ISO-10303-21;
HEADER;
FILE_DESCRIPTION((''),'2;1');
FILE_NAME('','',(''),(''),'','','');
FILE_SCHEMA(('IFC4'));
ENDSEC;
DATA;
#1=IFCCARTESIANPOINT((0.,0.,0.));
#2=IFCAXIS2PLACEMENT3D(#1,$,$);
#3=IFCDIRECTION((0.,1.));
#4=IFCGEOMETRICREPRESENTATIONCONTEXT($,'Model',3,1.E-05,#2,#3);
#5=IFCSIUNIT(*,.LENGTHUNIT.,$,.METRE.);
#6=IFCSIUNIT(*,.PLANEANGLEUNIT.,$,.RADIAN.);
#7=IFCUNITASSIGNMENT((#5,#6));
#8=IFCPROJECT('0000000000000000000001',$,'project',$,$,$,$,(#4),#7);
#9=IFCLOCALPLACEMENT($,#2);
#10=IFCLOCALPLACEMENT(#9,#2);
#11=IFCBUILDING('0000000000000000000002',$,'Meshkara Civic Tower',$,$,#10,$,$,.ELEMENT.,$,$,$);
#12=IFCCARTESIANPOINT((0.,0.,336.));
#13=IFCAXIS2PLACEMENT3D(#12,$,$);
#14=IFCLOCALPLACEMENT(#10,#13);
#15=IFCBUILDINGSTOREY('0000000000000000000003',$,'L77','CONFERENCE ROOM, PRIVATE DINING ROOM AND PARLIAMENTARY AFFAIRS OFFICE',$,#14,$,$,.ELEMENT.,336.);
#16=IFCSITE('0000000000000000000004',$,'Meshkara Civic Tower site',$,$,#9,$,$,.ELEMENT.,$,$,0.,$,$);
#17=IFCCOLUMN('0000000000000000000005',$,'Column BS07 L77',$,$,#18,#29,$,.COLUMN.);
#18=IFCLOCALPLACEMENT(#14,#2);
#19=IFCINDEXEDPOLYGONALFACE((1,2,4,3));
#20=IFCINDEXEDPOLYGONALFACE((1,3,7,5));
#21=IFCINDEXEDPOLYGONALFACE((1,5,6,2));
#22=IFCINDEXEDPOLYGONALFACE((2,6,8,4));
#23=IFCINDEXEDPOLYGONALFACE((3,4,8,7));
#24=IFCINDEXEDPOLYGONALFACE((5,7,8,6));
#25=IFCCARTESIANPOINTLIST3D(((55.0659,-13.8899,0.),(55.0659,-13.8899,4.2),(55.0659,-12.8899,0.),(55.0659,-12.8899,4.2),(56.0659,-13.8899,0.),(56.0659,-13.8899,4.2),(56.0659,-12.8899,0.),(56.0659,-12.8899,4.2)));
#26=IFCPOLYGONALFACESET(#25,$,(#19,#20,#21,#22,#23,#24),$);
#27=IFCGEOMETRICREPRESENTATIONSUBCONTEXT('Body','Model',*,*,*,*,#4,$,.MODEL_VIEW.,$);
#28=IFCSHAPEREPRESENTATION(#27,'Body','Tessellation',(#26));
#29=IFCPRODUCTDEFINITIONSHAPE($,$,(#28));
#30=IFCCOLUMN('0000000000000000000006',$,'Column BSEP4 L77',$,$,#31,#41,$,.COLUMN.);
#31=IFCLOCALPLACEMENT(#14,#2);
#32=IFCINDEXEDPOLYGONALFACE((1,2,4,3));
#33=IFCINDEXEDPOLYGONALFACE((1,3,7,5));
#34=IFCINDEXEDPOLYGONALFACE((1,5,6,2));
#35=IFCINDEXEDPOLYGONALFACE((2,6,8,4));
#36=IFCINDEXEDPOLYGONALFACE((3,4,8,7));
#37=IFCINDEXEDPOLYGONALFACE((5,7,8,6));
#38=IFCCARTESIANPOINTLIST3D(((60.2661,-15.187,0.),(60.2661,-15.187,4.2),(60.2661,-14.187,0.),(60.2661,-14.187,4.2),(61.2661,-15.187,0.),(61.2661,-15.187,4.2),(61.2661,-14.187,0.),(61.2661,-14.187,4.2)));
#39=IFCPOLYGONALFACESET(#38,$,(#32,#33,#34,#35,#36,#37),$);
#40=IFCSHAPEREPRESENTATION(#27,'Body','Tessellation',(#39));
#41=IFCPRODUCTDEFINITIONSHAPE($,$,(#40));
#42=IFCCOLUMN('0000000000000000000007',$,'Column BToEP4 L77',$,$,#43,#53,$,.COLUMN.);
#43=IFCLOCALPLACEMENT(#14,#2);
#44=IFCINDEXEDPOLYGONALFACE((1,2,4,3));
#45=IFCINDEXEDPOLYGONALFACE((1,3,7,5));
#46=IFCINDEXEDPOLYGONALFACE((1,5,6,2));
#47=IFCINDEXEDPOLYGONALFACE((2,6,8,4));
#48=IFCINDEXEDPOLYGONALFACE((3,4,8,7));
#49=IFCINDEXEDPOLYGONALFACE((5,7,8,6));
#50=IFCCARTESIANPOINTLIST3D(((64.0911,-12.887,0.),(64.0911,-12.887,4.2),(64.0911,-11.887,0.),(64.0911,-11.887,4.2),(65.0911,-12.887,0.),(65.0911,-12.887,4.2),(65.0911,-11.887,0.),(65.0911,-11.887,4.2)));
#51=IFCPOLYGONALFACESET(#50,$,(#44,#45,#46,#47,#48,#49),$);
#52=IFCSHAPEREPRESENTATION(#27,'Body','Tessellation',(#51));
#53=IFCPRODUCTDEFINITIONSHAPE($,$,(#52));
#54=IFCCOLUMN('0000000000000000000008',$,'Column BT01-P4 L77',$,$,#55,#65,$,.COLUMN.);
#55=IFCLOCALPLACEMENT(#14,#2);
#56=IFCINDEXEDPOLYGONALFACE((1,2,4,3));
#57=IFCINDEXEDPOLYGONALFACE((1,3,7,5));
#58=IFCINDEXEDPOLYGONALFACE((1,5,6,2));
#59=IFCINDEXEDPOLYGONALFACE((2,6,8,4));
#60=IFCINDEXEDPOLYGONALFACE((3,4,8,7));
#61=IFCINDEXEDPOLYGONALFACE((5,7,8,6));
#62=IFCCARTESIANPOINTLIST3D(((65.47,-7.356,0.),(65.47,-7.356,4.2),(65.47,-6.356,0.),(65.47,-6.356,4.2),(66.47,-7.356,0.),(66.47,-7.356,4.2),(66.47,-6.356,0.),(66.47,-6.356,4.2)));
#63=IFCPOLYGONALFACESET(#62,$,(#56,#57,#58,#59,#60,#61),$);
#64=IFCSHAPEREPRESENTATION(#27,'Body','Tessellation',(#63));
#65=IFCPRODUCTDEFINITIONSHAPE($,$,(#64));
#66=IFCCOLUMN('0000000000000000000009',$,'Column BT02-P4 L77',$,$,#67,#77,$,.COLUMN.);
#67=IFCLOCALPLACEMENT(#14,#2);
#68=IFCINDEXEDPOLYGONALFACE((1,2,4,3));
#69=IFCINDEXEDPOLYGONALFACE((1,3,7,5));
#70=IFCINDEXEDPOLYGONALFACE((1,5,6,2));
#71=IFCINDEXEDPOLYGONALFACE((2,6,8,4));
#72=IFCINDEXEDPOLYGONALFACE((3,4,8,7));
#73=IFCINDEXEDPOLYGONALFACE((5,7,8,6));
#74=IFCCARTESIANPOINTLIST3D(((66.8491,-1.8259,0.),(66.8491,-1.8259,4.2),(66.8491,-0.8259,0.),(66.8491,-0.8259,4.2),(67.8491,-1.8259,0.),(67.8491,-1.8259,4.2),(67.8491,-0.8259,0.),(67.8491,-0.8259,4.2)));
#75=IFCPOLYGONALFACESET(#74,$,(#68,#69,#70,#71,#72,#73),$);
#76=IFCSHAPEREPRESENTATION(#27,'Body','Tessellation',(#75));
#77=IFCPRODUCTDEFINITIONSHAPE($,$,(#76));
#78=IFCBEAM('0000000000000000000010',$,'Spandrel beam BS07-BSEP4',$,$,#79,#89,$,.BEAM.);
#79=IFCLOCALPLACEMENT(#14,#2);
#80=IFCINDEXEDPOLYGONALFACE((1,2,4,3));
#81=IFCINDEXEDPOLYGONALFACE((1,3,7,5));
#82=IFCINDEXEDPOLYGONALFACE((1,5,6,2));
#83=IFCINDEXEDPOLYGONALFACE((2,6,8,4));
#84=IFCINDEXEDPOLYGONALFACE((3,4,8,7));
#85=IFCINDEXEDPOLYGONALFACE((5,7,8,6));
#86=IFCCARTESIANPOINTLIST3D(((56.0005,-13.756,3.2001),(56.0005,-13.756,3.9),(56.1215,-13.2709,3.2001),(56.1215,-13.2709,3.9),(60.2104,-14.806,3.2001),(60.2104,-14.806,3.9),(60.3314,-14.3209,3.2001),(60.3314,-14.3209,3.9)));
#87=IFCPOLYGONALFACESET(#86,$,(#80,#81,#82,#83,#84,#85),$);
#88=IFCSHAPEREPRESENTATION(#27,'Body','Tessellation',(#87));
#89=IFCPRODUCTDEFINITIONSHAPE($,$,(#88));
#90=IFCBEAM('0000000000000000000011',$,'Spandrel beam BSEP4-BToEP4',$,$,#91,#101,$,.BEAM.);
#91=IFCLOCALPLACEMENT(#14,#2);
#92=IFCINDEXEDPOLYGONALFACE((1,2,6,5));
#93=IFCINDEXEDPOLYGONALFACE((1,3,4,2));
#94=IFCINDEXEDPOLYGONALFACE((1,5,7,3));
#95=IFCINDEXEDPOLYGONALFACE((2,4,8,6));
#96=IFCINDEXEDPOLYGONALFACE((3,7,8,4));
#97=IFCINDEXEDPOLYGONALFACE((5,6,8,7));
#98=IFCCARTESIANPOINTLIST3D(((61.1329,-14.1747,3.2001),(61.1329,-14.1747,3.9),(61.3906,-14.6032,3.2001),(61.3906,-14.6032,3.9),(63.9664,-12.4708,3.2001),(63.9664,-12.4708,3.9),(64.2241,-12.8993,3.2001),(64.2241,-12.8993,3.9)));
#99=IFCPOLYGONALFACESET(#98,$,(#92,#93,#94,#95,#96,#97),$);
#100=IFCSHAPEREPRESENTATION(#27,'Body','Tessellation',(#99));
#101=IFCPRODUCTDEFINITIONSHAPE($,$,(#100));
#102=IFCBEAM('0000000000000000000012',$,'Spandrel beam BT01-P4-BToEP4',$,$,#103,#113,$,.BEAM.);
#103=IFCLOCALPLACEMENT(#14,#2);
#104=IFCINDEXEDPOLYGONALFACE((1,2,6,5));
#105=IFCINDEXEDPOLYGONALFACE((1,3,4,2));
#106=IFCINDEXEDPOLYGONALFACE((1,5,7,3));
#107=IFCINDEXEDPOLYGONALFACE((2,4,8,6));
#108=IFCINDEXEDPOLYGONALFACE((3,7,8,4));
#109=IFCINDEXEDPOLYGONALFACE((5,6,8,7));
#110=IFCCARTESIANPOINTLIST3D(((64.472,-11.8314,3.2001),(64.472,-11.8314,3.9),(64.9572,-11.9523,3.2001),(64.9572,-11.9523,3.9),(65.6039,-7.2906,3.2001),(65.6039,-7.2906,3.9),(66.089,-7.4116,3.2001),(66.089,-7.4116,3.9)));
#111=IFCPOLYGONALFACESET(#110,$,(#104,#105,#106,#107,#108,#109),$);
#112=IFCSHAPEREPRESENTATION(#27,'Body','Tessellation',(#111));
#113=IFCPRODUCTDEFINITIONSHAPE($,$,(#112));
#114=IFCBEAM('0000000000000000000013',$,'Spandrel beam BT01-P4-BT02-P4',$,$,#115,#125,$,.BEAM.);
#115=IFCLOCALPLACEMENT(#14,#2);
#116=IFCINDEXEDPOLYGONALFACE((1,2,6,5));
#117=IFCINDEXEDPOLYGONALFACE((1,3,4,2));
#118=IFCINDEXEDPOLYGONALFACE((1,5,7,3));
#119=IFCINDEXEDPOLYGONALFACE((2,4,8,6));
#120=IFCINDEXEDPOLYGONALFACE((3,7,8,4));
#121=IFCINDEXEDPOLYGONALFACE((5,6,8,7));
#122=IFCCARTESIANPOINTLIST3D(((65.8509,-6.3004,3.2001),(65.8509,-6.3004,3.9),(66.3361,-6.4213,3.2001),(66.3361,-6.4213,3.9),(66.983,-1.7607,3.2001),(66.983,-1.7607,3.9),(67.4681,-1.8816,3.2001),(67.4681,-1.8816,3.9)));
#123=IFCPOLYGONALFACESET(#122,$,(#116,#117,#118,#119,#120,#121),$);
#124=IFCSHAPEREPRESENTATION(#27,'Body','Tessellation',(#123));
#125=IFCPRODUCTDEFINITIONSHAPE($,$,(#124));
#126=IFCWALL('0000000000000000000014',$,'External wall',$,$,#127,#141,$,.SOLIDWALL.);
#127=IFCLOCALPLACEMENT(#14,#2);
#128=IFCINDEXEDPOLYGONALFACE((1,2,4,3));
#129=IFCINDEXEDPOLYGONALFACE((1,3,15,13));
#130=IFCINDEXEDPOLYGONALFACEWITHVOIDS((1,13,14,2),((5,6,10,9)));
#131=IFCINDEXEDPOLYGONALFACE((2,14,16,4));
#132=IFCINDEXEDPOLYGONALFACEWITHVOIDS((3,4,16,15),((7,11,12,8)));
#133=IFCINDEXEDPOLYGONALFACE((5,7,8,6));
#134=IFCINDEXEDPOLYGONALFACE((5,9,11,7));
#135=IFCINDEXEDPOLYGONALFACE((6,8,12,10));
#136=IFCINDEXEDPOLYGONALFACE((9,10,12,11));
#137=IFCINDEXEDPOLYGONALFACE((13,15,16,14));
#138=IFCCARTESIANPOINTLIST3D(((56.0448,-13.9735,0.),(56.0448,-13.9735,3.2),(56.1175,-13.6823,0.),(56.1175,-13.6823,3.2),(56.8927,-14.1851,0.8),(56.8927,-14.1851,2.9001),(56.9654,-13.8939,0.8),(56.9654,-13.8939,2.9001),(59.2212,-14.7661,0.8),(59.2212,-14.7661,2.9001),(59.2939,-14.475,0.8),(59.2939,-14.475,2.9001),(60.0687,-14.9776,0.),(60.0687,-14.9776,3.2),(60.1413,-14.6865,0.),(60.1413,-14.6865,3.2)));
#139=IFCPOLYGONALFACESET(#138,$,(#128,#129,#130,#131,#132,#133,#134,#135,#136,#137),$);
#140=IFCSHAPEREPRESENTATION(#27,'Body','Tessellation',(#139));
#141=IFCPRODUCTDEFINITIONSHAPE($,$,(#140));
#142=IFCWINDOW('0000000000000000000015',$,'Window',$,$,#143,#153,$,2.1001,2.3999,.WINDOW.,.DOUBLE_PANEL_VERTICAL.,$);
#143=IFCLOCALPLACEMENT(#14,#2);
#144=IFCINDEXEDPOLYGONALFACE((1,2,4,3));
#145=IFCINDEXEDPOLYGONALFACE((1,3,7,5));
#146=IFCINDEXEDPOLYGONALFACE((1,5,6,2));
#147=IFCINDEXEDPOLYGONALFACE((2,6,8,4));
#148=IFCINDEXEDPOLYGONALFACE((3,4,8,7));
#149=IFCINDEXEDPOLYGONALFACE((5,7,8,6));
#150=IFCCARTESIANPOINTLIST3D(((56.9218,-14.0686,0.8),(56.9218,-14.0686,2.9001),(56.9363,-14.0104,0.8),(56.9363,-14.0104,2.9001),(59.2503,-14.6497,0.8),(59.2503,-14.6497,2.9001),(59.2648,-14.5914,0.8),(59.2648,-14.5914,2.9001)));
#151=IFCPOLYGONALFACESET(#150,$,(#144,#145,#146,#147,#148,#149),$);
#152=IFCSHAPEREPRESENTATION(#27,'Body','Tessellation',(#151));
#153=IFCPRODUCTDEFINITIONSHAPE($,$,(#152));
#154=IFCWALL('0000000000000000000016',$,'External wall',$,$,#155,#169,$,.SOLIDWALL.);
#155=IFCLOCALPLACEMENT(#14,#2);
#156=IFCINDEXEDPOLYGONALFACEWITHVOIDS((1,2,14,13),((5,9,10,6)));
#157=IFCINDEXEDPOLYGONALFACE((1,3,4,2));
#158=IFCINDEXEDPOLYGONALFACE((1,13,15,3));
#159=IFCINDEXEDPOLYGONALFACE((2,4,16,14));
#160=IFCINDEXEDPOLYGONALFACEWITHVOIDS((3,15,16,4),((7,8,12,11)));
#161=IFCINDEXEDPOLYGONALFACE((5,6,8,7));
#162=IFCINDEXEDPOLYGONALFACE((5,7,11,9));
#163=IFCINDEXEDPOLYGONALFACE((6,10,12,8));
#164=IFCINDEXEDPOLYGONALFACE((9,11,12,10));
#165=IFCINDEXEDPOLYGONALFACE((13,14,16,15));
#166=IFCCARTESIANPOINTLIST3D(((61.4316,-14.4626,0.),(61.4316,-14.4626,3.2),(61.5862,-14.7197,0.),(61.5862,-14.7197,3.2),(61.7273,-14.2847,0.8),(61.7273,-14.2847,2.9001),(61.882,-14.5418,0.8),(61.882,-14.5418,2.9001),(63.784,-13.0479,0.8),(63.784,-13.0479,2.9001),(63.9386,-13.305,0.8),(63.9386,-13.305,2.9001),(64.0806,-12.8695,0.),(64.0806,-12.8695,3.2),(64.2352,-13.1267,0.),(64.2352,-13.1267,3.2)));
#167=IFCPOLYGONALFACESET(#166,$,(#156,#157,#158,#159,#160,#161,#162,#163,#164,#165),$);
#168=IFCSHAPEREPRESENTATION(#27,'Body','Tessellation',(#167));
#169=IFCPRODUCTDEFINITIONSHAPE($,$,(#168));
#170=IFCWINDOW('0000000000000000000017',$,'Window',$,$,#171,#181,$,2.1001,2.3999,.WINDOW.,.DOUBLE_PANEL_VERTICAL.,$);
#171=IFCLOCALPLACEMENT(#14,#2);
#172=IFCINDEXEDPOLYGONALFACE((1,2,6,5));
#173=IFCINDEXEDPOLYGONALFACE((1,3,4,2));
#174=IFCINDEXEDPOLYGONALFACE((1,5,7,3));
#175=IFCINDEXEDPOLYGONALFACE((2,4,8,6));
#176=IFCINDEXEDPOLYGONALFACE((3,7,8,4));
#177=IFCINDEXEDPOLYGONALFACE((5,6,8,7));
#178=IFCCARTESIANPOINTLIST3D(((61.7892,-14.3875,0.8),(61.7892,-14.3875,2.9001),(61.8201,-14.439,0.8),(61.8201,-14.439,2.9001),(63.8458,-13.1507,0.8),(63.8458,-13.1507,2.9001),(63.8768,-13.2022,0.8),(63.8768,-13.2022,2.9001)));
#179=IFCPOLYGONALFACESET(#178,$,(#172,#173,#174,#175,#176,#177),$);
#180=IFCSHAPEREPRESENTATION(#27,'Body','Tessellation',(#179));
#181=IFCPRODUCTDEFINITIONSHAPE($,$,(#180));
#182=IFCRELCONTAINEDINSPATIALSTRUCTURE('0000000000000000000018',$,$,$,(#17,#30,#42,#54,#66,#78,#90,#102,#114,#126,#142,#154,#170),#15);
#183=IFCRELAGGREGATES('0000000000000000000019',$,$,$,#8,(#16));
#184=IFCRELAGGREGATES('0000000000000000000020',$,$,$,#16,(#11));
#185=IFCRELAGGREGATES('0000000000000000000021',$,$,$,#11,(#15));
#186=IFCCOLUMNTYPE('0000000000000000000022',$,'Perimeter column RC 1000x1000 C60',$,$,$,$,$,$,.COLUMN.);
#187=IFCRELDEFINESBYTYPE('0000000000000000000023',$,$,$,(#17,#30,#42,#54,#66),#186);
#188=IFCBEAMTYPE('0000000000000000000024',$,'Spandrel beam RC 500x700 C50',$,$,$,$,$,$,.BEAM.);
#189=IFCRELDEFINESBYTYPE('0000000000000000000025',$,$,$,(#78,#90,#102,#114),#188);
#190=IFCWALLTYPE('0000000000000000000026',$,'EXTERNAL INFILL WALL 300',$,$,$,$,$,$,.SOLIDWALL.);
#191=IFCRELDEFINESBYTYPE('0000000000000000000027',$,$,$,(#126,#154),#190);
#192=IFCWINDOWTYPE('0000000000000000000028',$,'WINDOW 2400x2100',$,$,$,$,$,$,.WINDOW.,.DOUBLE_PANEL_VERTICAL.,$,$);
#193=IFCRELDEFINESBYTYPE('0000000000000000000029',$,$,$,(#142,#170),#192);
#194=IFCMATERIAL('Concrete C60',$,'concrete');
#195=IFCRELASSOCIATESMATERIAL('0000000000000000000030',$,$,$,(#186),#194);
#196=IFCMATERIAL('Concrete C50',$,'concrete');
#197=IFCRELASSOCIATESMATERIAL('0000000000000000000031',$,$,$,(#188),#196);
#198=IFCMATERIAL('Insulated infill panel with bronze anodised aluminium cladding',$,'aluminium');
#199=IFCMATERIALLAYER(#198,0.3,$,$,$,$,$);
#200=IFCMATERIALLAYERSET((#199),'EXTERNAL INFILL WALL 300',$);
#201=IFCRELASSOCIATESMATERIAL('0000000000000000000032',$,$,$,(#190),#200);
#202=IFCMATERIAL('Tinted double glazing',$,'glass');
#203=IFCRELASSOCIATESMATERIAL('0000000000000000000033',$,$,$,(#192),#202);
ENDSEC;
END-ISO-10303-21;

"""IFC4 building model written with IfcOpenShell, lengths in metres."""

from ifc_helpers import new_model, si_unit, direction, frame, frame_2d, origin, origin_2d, place, context, subcontext, project, spatial, rectangle, extrude, material, layer, layer_set, material_profile, profile_set, type_object, element, fill, save


model = new_model("IFC4")

# Units and contexts
model_context = context("Model", 3, precision=1e-05, world=origin(), true_north=direction((0.0, 1.0)))
body_context = subcontext(model_context, "Body", "Model", "MODEL_VIEW")
ifc_project = project(units=[si_unit("LENGTHUNIT", "METRE"), si_unit("PLANEANGLEUNIT", "RADIAN")], contexts=[model_context])

# Site, building, storey
site_placement = place(None, origin())
site = spatial("IfcSite", under=ifc_project, at=site_placement, Name="Meshkara Civic Tower site", CompositionType="ELEMENT", RefElevation=0.0)
building_placement = place(site_placement, origin())
building = spatial("IfcBuilding", under=site, at=building_placement, Name="Meshkara Civic Tower", CompositionType="ELEMENT")
storey_placement = place(building_placement, frame((0.0, 0.0, 336.0)))
storey = spatial("IfcBuildingStorey", under=building, at=storey_placement, Name="L77", Description="CONFERENCE ROOM, PRIVATE DINING ROOM AND PARLIAMENTARY AFFAIRS OFFICE", CompositionType="ELEMENT", Elevation=336.0)

# Columns
ifc_material_1 = material(Name="Concrete C60", Category="concrete")
ifc_material_profile_1 = material_profile(ifc_material_1, rectangle(XDim=1.0, YDim=1.0, at=origin_2d()))
ifc_profile_set_1 = profile_set([ifc_material_profile_1], Name="Concrete C60")
column_type = type_object("IfcColumnType", Name="Perimeter column RC 1000x1000 C60", PredefinedType="COLUMN", material=ifc_profile_set_1)
for number, where, z_axis, x_axis, name in (
    (1, (55.5659, -13.3899, 0.0), (0.0, 0.0, 1.0), (1.0, 0.0, 0.0), "Column BS07 L77"),
    (2, (60.7661, -14.687, 0.0), (0.0, 0.0, 1.0), (1.0, 0.0, 0.0), "Column BSEP4 L77"),
    (3, (64.5911, -12.387, 0.0), (0.0, 0.0, 1.0), (1.0, 0.0, 0.0), "Column BToEP4 L77"),
    (4, (65.97, -6.856, 0.0), (0.0, 0.0, 1.0), (1.0, 0.0, 0.0), "Column BT01-P4 L77"),
    (5, (67.3491, -1.3259, 0.0), (0.0, 0.0, 1.0), (1.0, 0.0, 0.0), "Column BT02-P4 L77"),
):
    element("IfcColumn", number, at=place(storey_placement, frame(where, z_axis=z_axis, x_axis=x_axis)), inside=storey, type_object=column_type, Name=name, PredefinedType="COLUMN", context=body_context, shape_type="SweptSolid", body=[
        extrude(rectangle(XDim=1.0, YDim=1.0, at=origin_2d()), origin(), (0.0, 0.0, 1.0), 4.2),
    ])

# Beams
ifc_material_2 = material(Name="Concrete C50", Category="concrete")
ifc_material_profile_2 = material_profile(ifc_material_2, rectangle(XDim=0.5, YDim=0.7, at=origin_2d()))
ifc_profile_set_2 = profile_set([ifc_material_profile_2], Name="Concrete C50")
beam_type = type_object("IfcBeamType", Name="Spandrel beam RC 500x700 C50", PredefinedType="BEAM", material=ifc_profile_set_2)
beam_1_placement = place(storey_placement, frame((56.061, -13.5134, 3.55), z_axis=(0.970275, -0.242006, 0.0), x_axis=(0.242006, 0.970275, 0.0)))
element("IfcBeam", 6, at=beam_1_placement, inside=storey, type_object=beam_type, Name="Spandrel beam BS07-BSEP4", PredefinedType="BEAM", context=body_context, shape_type="SweptSolid", body=[
    extrude(rectangle(XDim=0.5, YDim=0.7, at=origin_2d()), origin(), (0.0, 0.0, 1.0), 4.3389),
])
beam_2_placement = place(storey_placement, frame((61.2617, -14.3889, 3.55), z_axis=(0.856991, 0.515332, 0.0), x_axis=(-0.515332, 0.856991, 0.0)))
element("IfcBeam", 7, at=beam_2_placement, inside=storey, type_object=beam_type, Name="Spandrel beam BSEP4-BToEP4", PredefinedType="BEAM", context=body_context, shape_type="SweptSolid", body=[
    extrude(rectangle(XDim=0.5, YDim=0.7, at=origin_2d()), origin(), (0.0, 0.0, 1.0), 3.3064),
])
beam_3_placement = place(storey_placement, frame((64.7146, -11.8918, 3.55), z_axis=(0.24186, 0.970311, 0.0), x_axis=(-0.970311, 0.24186, 0.0)))
element("IfcBeam", 8, at=beam_3_placement, inside=storey, type_object=beam_type, Name="Spandrel beam BT01-P4-BToEP4", PredefinedType="BEAM", context=body_context, shape_type="SweptSolid", body=[
    extrude(rectangle(XDim=0.5, YDim=0.7, at=origin_2d()), origin(), (0.0, 0.0, 1.0), 4.6797),
])
beam_4_placement = place(storey_placement, frame((66.0935, -6.3608, 3.55), z_axis=(0.241959, 0.970287, 0.0), x_axis=(-0.970287, 0.241959, 0.0)))
element("IfcBeam", 9, at=beam_4_placement, inside=storey, type_object=beam_type, Name="Spandrel beam BT01-P4-BT02-P4", PredefinedType="BEAM", context=body_context, shape_type="SweptSolid", body=[
    extrude(rectangle(XDim=0.5, YDim=0.7, at=origin_2d()), origin(), (0.0, 0.0, 1.0), 4.6787),
])

# Walls, openings, windows
ifc_material_3 = material(Name="Insulated infill panel with bronze anodised aluminium cladding", Category="aluminium")
ifc_layer_1 = layer(ifc_material_3, 0.3)
ifc_layer_set_1 = layer_set([ifc_layer_1], Name="EXTERNAL INFILL WALL 300")
wall_type_1 = type_object("IfcWallType", Name="EXTERNAL INFILL WALL 300", PredefinedType="SOLIDWALL", material=ifc_layer_set_1)
wall_1_placement = place(storey_placement, frame((56.0811, -13.8279, 0.0), z_axis=(0.0, 0.0, 1.0), x_axis=(0.970246, -0.24212, 0.0)))
wall_1 = element("IfcWall", 10, at=wall_1_placement, inside=storey, type_object=wall_type_1, Name="External wall", PredefinedType="SOLIDWALL", context=body_context, shape_type="SweptSolid", body=[
    extrude(rectangle(XDim=4.1472, YDim=0.3, at=frame_2d((2.0737, 0.0))), origin(), (0.0, 0.0, 1.0), 3.2),
])
opening_1_placement = place(wall_1_placement, frame((0.874, 0.0, 0.8)))
opening_1 = element("IfcOpeningElement", 11, at=opening_1_placement, cuts=wall_1, PredefinedType="OPENING", context=body_context, shape_type="SweptSolid", body=[
    extrude(rectangle(XDim=2.3999, YDim=2.1001, at=frame_2d((1.2, 1.05))), frame((0.0, 0.1599, 0.0), z_axis=(0.0, -1.0, 0.0), x_axis=(1.0, 0.0, 0.0)), (0.0, 0.0, 1.0), 0.3201),
])
ifc_material_4 = material(Name="Tinted double glazing", Category="glass")
window_type = type_object("IfcWindowType", Name="WINDOW 2400x2100", PartitioningType="DOUBLE_PANEL_VERTICAL", PredefinedType="WINDOW", material=ifc_material_4)
window_1_placement = place(opening_1_placement, origin())
window_1 = element("IfcWindow", 12, at=window_1_placement, inside=storey, type_object=window_type, Name="Window", OverallHeight=2.1001, OverallWidth=2.3999, PartitioningType="DOUBLE_PANEL_VERTICAL", PredefinedType="WINDOW", context=body_context, shape_type="SweptSolid", body=[
    extrude(rectangle(XDim=2.3999, YDim=2.1001, at=frame_2d((1.2, 1.05))), frame((0.0, 0.03, 0.0), z_axis=(0.0, -1.0, 0.0), x_axis=(1.0, 0.0, 0.0)), (0.0, 0.0, 1.0), 0.0601),
])
fill(opening_1, window_1)
wall_2_placement = place(storey_placement, frame((61.509, -14.5911, 0.0), z_axis=(0.0, 0.0, 1.0), x_axis=(0.85697, 0.515367, 0.0)))
wall_2 = element("IfcWall", 13, at=wall_2_placement, inside=storey, type_object=wall_type_1, Name="External wall", PredefinedType="SOLIDWALL", context=body_context, shape_type="SweptSolid", body=[
    extrude(rectangle(XDim=3.0911, YDim=0.3, at=frame_2d((1.5454, 0.0))), origin(), (0.0, 0.0, 1.0), 3.2),
])
opening_2_placement = place(wall_2_placement, frame((0.345, 0.0, 0.8)))
opening_2 = element("IfcOpeningElement", 14, at=opening_2_placement, cuts=wall_2, PredefinedType="OPENING", context=body_context, shape_type="SweptSolid", body=[
    extrude(rectangle(XDim=2.3999, YDim=2.1001, at=frame_2d((1.2, 1.05))), frame((0.0, 0.1599, 0.0), z_axis=(0.0, -1.0, 0.0), x_axis=(1.0, 0.0, 0.0)), (0.0, 0.0, 1.0), 0.3201),
])
window_2_placement = place(opening_2_placement, origin())
window_2 = element("IfcWindow", 15, at=window_2_placement, inside=storey, type_object=window_type, Name="Window", OverallHeight=2.1001, OverallWidth=2.3999, PartitioningType="DOUBLE_PANEL_VERTICAL", PredefinedType="WINDOW", context=body_context, shape_type="SweptSolid", body=[
    extrude(rectangle(XDim=2.3999, YDim=2.1001, at=frame_2d((1.2, 1.05))), frame((0.0, 0.03, 0.0), z_axis=(0.0, -1.0, 0.0), x_axis=(1.0, 0.0, 0.0)), (0.0, 0.0, 1.0), 0.0601),
])
fill(opening_2, window_2)

save(model, "model.ifc")
